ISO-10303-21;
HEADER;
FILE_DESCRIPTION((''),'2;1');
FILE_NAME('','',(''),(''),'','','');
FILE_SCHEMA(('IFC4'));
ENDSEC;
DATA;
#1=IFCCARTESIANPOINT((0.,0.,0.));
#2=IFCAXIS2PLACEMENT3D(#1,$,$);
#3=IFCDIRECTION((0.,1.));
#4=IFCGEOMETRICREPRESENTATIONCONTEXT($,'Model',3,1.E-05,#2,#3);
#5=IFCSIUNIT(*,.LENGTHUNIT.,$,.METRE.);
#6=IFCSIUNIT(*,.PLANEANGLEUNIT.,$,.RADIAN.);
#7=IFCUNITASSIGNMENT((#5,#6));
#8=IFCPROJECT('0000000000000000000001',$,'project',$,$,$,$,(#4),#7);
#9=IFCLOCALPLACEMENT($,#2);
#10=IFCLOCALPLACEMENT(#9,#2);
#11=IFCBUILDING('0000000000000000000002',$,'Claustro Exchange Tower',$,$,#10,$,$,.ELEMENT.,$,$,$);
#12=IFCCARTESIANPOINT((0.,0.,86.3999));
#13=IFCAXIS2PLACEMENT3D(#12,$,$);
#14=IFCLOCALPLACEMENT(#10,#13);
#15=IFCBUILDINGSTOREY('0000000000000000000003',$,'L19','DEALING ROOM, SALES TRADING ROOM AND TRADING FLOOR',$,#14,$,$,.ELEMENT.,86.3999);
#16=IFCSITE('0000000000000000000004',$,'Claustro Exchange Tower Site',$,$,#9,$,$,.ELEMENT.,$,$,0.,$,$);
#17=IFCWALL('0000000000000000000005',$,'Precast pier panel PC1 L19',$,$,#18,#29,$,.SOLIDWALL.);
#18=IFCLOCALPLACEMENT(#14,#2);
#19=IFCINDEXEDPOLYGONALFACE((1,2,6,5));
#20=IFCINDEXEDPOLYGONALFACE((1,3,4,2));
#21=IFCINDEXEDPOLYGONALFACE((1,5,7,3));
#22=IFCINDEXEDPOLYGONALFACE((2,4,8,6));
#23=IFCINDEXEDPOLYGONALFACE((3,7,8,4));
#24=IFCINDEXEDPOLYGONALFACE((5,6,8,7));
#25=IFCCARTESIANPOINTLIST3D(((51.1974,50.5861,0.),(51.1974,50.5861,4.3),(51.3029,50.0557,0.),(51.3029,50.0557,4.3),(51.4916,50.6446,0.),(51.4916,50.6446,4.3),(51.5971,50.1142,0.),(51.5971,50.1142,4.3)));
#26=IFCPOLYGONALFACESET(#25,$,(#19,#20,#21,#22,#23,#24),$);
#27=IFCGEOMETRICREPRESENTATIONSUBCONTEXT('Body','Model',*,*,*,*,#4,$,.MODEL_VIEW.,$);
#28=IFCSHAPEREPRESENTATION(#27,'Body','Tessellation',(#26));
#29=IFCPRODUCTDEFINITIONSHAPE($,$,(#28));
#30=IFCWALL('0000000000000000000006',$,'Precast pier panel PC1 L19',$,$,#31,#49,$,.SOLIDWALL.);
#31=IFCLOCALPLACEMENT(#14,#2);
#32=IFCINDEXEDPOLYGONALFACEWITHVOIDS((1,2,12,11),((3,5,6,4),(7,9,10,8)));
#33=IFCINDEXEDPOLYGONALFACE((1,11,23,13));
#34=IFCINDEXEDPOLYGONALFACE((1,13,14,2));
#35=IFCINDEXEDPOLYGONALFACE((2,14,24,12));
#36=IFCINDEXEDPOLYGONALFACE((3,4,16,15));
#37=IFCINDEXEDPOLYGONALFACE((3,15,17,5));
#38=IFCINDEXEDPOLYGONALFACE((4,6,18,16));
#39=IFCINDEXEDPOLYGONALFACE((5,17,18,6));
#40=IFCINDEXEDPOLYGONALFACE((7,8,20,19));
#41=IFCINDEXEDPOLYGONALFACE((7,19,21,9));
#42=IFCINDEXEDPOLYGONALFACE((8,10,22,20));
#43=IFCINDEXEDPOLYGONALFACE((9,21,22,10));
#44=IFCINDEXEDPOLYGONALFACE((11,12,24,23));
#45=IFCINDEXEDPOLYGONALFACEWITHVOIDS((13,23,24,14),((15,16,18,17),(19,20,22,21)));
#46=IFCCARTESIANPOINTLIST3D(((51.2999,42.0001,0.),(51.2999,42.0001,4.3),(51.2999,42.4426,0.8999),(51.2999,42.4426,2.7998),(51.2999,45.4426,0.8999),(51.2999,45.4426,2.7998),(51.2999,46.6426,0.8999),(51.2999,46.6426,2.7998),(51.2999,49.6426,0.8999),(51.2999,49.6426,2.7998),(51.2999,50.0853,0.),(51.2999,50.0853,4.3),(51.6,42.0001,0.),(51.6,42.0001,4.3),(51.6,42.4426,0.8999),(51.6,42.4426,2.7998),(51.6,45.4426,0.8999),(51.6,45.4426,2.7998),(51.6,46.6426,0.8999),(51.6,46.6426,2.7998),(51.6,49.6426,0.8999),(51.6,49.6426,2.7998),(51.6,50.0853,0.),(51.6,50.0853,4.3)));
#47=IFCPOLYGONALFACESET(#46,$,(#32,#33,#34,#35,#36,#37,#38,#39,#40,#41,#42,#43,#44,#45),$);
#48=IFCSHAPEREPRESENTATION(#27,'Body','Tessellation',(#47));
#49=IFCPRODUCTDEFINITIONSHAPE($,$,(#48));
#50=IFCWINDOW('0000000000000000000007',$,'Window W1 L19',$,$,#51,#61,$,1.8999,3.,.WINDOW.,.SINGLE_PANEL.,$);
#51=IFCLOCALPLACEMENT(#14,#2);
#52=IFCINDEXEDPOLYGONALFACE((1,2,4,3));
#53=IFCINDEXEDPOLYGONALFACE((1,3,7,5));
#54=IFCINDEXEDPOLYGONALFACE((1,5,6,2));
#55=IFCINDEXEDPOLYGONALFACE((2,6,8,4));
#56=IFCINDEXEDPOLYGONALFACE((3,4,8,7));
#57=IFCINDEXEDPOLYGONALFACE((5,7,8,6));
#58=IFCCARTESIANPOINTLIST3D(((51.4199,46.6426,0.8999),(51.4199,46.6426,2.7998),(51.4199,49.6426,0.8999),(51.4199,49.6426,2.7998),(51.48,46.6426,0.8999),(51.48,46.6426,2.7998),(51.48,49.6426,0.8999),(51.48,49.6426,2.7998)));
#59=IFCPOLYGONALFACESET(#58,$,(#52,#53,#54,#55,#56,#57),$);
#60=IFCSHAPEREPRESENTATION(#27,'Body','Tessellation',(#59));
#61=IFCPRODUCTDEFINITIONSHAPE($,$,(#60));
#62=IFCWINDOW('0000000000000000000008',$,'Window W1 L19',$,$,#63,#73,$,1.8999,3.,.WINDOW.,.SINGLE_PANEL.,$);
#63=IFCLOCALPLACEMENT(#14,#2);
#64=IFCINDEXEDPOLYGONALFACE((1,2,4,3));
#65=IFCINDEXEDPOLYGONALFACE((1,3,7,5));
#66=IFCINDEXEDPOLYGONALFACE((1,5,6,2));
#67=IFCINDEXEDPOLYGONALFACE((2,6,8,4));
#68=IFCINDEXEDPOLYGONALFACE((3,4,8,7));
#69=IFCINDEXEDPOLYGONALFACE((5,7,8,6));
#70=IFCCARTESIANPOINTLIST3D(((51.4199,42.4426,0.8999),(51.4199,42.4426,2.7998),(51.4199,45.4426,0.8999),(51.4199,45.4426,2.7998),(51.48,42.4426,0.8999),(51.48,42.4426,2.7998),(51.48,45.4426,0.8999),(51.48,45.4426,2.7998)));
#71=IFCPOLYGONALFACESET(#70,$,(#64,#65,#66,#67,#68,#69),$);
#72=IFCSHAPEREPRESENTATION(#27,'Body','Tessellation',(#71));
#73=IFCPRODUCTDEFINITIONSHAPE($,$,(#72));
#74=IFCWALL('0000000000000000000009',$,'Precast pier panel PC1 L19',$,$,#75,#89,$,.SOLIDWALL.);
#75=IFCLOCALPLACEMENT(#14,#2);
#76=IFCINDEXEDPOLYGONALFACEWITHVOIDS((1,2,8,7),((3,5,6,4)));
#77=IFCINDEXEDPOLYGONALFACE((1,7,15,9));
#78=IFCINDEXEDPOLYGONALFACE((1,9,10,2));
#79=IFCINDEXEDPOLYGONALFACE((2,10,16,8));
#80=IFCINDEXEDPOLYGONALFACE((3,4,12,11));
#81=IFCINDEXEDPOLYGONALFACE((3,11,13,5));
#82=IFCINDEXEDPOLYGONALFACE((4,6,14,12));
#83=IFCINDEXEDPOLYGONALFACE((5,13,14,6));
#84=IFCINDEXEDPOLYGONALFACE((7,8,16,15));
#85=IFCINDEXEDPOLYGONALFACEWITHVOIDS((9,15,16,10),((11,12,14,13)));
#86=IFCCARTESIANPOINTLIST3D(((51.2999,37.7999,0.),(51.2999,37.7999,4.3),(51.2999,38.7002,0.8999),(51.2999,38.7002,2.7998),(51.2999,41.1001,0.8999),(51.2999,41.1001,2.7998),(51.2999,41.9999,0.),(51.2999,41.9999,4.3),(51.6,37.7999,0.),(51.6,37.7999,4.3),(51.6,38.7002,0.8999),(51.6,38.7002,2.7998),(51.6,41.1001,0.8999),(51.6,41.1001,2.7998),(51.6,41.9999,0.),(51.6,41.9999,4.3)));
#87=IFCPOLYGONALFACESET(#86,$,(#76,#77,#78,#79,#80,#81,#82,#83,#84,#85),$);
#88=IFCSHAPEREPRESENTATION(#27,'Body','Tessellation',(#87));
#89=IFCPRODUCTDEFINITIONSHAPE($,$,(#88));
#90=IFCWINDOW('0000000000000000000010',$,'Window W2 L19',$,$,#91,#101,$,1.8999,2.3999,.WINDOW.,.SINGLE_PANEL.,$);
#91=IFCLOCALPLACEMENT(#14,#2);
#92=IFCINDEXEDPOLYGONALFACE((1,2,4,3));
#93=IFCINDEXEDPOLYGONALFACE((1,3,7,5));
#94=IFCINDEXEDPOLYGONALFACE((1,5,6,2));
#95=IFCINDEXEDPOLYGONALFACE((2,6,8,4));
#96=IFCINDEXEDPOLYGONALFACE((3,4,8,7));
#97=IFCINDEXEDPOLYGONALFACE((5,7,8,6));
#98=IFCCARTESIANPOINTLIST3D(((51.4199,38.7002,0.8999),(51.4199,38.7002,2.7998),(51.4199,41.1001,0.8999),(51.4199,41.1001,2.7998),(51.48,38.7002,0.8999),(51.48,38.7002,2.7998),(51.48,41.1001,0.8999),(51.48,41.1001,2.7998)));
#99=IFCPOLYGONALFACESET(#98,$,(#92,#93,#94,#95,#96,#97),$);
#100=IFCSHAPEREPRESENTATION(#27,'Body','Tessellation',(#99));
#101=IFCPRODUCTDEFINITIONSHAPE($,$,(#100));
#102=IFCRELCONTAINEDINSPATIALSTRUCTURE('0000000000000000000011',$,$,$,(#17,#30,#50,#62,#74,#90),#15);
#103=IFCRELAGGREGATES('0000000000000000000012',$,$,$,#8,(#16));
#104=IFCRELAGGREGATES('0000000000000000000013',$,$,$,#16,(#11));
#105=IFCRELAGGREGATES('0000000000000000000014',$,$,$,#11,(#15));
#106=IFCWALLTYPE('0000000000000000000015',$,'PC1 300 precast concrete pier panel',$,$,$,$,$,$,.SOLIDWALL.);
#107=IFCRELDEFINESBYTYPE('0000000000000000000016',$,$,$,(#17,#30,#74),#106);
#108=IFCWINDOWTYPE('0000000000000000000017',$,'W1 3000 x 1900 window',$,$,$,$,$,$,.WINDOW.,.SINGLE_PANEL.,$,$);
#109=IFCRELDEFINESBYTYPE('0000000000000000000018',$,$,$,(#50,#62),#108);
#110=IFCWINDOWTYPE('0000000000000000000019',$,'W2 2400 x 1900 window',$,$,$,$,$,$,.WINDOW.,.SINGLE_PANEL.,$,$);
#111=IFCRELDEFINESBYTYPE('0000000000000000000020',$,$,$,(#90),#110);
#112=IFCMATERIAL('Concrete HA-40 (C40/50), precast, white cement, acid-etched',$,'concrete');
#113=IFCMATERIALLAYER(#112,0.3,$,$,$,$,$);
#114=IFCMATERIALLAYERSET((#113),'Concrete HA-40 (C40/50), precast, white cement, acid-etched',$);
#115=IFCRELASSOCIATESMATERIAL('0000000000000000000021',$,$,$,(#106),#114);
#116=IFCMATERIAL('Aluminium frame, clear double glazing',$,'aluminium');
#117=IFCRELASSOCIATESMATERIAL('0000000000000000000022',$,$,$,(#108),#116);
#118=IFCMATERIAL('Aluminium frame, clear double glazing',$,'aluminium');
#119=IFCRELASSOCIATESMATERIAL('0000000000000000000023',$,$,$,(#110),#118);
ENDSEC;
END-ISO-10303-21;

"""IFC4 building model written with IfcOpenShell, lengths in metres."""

from ifc_helpers import new_model, si_unit, direction, frame, frame_2d, origin, place, context, subcontext, project, spatial, rectangle, extrude, material, layer, layer_set, type_object, element, fill, save


model = new_model("IFC4")

# Units and contexts
model_context = context("Model", 3, precision=1e-05, world=origin(), true_north=direction((0.0, 1.0)))
body_context = subcontext(model_context, "Body", "Model", "MODEL_VIEW")
ifc_project = project(units=[si_unit("LENGTHUNIT", "METRE"), si_unit("PLANEANGLEUNIT", "RADIAN")], contexts=[model_context])

# Site, building, storey
site_placement = place(None, origin())
site = spatial("IfcSite", under=ifc_project, at=site_placement, Name="Claustro Exchange Tower Site", CompositionType="ELEMENT", RefElevation=0.0)
building_placement = place(site_placement, origin())
building = spatial("IfcBuilding", under=site, at=building_placement, Name="Claustro Exchange Tower", CompositionType="ELEMENT")
storey_placement = place(building_placement, frame((0.0, 0.0, 86.3999)))
storey = spatial("IfcBuildingStorey", under=building, at=storey_placement, Name="L19", Description="DEALING ROOM, SALES TRADING ROOM AND TRADING FLOOR", CompositionType="ELEMENT", Elevation=86.3999)

# Shared definitions
ifc_material_1 = material(Name="Concrete HA-40 (C40/50), precast, white cement, acid-etched", Category="concrete")
ifc_layer_1 = layer(ifc_material_1, 0.3)
ifc_layer_set_1 = layer_set([ifc_layer_1], Name="Concrete HA-40 (C40/50), precast, white cement, acid-etched")
wall_type_1 = type_object("IfcWallType", Name="PC1 300 precast concrete pier panel", PredefinedType="SOLIDWALL", material=ifc_layer_set_1)
ifc_material_2 = material(Name="Aluminium frame, clear double glazing", Category="aluminium")
window_type_1 = type_object("IfcWindowType", Name="W1 3000 x 1900 window", PartitioningType="SINGLE_PANEL", PredefinedType="WINDOW", material=ifc_material_2)

# Wall
wall_1_placement = place(storey_placement, frame((51.3445, 50.6155, 0.0), z_axis=(0.0, 0.0, 1.0), x_axis=(0.195074, -0.980789, 0.0)))
element("IfcWall", 1, at=wall_1_placement, inside=storey, type_object=wall_type_1, Name="Precast pier panel PC1 L19", PredefinedType="SOLIDWALL", context=body_context, shape_type="SweptSolid", body=[
    extrude(rectangle(XDim=0.5408, YDim=0.3, at=frame_2d((0.2705, 0.0))), origin(), (0.0, 0.0, 1.0), 4.3),
])

# Wall, openings, windows
wall_2_placement = place(storey_placement, frame((51.45, 50.0852, 0.0), z_axis=(0.0, 0.0, 1.0), x_axis=(0.0, -1.0, 0.0)))
wall_2 = element("IfcWall", 2, at=wall_2_placement, inside=storey, type_object=wall_type_1, Name="Precast pier panel PC1 L19", PredefinedType="SOLIDWALL", context=body_context, shape_type="SweptSolid", body=[
    extrude(rectangle(XDim=8.0852, YDim=0.3, at=frame_2d((4.0425, 0.0))), origin(), (0.0, 0.0, 1.0), 4.3),
])
opening_1_placement = place(wall_2_placement, frame((0.4426, 0.0, 0.8999)))
opening_1 = element("IfcOpeningElement", 3, at=opening_1_placement, cuts=wall_2, PredefinedType="OPENING", context=body_context, shape_type="SweptSolid", body=[
    extrude(rectangle(XDim=3.0, YDim=1.8999, at=frame_2d((1.5, 0.95))), frame((0.0, 0.1599, 0.0), z_axis=(0.0, -1.0, 0.0), x_axis=(1.0, 0.0, 0.0)), (0.0, 0.0, 1.0), 0.3201),
])
opening_2_placement = place(wall_2_placement, frame((4.6426, 0.0, 0.8999)))
opening_2 = element("IfcOpeningElement", 4, at=opening_2_placement, cuts=wall_2, PredefinedType="OPENING", context=body_context, shape_type="SweptSolid", body=[
    extrude(rectangle(XDim=3.0, YDim=1.8999, at=frame_2d((1.5, 0.95))), frame((0.0, 0.1599, 0.0), z_axis=(0.0, -1.0, 0.0), x_axis=(1.0, 0.0, 0.0)), (0.0, 0.0, 1.0), 0.3201),
])
window_1_placement = place(opening_1_placement, origin())
window_1 = element("IfcWindow", 5, at=window_1_placement, inside=storey, type_object=window_type_1, Name="Window W1 L19", OverallHeight=1.8999, OverallWidth=3.0, PartitioningType="SINGLE_PANEL", PredefinedType="WINDOW", context=body_context, shape_type="SweptSolid", body=[
    extrude(rectangle(XDim=3.0, YDim=1.8999, at=frame_2d((1.5, 0.95))), frame((0.0, 0.03, 0.0), z_axis=(0.0, -1.0, 0.0), x_axis=(1.0, 0.0, 0.0)), (0.0, 0.0, 1.0), 0.0601),
])
fill(opening_1, window_1)
window_2_placement = place(opening_2_placement, origin())
window_2 = element("IfcWindow", 6, at=window_2_placement, inside=storey, type_object=window_type_1, Name="Window W1 L19", OverallHeight=1.8999, OverallWidth=3.0, PartitioningType="SINGLE_PANEL", PredefinedType="WINDOW", context=body_context, shape_type="SweptSolid", body=[
    extrude(rectangle(XDim=3.0, YDim=1.8999, at=frame_2d((1.5, 0.95))), frame((0.0, 0.03, 0.0), z_axis=(0.0, -1.0, 0.0), x_axis=(1.0, 0.0, 0.0)), (0.0, 0.0, 1.0), 0.0601),
])
fill(opening_2, window_2)

# Wall, opening, window
wall_3_placement = place(storey_placement, frame((51.45, 42.0, 0.0), z_axis=(0.0, 0.0, 1.0), x_axis=(0.0, -1.0, 0.0)))
wall_3 = element("IfcWall", 7, at=wall_3_placement, inside=storey, type_object=wall_type_1, Name="Precast pier panel PC1 L19", PredefinedType="SOLIDWALL", context=body_context, shape_type="SweptSolid", body=[
    extrude(rectangle(XDim=4.2, YDim=0.3, at=frame_2d((2.1001, 0.0))), origin(), (0.0, 0.0, 1.0), 4.3),
])
opening_3_placement = place(wall_3_placement, frame((0.8999, 0.0, 0.8999)))
opening_3 = element("IfcOpeningElement", 8, at=opening_3_placement, cuts=wall_3, PredefinedType="OPENING", context=body_context, shape_type="SweptSolid", body=[
    extrude(rectangle(XDim=2.3999, YDim=1.8999, at=frame_2d((1.2, 0.95))), frame((0.0, 0.1599, 0.0), z_axis=(0.0, -1.0, 0.0), x_axis=(1.0, 0.0, 0.0)), (0.0, 0.0, 1.0), 0.3201),
])
ifc_material_3 = material(Name="Aluminium frame, clear double glazing", Category="aluminium")
window_type_2 = type_object("IfcWindowType", Name="W2 2400 x 1900 window", PartitioningType="SINGLE_PANEL", PredefinedType="WINDOW", material=ifc_material_3)
window_3_placement = place(opening_3_placement, origin())
window_3 = element("IfcWindow", 9, at=window_3_placement, inside=storey, type_object=window_type_2, Name="Window W2 L19", OverallHeight=1.8999, OverallWidth=2.3999, PartitioningType="SINGLE_PANEL", PredefinedType="WINDOW", context=body_context, shape_type="SweptSolid", body=[
    extrude(rectangle(XDim=2.3999, YDim=1.8999, at=frame_2d((1.2, 0.95))), frame((0.0, 0.03, 0.0), z_axis=(0.0, -1.0, 0.0), x_axis=(1.0, 0.0, 0.0)), (0.0, 0.0, 1.0), 0.0601),
])
fill(opening_3, window_3)

save(model, "model.ifc")
